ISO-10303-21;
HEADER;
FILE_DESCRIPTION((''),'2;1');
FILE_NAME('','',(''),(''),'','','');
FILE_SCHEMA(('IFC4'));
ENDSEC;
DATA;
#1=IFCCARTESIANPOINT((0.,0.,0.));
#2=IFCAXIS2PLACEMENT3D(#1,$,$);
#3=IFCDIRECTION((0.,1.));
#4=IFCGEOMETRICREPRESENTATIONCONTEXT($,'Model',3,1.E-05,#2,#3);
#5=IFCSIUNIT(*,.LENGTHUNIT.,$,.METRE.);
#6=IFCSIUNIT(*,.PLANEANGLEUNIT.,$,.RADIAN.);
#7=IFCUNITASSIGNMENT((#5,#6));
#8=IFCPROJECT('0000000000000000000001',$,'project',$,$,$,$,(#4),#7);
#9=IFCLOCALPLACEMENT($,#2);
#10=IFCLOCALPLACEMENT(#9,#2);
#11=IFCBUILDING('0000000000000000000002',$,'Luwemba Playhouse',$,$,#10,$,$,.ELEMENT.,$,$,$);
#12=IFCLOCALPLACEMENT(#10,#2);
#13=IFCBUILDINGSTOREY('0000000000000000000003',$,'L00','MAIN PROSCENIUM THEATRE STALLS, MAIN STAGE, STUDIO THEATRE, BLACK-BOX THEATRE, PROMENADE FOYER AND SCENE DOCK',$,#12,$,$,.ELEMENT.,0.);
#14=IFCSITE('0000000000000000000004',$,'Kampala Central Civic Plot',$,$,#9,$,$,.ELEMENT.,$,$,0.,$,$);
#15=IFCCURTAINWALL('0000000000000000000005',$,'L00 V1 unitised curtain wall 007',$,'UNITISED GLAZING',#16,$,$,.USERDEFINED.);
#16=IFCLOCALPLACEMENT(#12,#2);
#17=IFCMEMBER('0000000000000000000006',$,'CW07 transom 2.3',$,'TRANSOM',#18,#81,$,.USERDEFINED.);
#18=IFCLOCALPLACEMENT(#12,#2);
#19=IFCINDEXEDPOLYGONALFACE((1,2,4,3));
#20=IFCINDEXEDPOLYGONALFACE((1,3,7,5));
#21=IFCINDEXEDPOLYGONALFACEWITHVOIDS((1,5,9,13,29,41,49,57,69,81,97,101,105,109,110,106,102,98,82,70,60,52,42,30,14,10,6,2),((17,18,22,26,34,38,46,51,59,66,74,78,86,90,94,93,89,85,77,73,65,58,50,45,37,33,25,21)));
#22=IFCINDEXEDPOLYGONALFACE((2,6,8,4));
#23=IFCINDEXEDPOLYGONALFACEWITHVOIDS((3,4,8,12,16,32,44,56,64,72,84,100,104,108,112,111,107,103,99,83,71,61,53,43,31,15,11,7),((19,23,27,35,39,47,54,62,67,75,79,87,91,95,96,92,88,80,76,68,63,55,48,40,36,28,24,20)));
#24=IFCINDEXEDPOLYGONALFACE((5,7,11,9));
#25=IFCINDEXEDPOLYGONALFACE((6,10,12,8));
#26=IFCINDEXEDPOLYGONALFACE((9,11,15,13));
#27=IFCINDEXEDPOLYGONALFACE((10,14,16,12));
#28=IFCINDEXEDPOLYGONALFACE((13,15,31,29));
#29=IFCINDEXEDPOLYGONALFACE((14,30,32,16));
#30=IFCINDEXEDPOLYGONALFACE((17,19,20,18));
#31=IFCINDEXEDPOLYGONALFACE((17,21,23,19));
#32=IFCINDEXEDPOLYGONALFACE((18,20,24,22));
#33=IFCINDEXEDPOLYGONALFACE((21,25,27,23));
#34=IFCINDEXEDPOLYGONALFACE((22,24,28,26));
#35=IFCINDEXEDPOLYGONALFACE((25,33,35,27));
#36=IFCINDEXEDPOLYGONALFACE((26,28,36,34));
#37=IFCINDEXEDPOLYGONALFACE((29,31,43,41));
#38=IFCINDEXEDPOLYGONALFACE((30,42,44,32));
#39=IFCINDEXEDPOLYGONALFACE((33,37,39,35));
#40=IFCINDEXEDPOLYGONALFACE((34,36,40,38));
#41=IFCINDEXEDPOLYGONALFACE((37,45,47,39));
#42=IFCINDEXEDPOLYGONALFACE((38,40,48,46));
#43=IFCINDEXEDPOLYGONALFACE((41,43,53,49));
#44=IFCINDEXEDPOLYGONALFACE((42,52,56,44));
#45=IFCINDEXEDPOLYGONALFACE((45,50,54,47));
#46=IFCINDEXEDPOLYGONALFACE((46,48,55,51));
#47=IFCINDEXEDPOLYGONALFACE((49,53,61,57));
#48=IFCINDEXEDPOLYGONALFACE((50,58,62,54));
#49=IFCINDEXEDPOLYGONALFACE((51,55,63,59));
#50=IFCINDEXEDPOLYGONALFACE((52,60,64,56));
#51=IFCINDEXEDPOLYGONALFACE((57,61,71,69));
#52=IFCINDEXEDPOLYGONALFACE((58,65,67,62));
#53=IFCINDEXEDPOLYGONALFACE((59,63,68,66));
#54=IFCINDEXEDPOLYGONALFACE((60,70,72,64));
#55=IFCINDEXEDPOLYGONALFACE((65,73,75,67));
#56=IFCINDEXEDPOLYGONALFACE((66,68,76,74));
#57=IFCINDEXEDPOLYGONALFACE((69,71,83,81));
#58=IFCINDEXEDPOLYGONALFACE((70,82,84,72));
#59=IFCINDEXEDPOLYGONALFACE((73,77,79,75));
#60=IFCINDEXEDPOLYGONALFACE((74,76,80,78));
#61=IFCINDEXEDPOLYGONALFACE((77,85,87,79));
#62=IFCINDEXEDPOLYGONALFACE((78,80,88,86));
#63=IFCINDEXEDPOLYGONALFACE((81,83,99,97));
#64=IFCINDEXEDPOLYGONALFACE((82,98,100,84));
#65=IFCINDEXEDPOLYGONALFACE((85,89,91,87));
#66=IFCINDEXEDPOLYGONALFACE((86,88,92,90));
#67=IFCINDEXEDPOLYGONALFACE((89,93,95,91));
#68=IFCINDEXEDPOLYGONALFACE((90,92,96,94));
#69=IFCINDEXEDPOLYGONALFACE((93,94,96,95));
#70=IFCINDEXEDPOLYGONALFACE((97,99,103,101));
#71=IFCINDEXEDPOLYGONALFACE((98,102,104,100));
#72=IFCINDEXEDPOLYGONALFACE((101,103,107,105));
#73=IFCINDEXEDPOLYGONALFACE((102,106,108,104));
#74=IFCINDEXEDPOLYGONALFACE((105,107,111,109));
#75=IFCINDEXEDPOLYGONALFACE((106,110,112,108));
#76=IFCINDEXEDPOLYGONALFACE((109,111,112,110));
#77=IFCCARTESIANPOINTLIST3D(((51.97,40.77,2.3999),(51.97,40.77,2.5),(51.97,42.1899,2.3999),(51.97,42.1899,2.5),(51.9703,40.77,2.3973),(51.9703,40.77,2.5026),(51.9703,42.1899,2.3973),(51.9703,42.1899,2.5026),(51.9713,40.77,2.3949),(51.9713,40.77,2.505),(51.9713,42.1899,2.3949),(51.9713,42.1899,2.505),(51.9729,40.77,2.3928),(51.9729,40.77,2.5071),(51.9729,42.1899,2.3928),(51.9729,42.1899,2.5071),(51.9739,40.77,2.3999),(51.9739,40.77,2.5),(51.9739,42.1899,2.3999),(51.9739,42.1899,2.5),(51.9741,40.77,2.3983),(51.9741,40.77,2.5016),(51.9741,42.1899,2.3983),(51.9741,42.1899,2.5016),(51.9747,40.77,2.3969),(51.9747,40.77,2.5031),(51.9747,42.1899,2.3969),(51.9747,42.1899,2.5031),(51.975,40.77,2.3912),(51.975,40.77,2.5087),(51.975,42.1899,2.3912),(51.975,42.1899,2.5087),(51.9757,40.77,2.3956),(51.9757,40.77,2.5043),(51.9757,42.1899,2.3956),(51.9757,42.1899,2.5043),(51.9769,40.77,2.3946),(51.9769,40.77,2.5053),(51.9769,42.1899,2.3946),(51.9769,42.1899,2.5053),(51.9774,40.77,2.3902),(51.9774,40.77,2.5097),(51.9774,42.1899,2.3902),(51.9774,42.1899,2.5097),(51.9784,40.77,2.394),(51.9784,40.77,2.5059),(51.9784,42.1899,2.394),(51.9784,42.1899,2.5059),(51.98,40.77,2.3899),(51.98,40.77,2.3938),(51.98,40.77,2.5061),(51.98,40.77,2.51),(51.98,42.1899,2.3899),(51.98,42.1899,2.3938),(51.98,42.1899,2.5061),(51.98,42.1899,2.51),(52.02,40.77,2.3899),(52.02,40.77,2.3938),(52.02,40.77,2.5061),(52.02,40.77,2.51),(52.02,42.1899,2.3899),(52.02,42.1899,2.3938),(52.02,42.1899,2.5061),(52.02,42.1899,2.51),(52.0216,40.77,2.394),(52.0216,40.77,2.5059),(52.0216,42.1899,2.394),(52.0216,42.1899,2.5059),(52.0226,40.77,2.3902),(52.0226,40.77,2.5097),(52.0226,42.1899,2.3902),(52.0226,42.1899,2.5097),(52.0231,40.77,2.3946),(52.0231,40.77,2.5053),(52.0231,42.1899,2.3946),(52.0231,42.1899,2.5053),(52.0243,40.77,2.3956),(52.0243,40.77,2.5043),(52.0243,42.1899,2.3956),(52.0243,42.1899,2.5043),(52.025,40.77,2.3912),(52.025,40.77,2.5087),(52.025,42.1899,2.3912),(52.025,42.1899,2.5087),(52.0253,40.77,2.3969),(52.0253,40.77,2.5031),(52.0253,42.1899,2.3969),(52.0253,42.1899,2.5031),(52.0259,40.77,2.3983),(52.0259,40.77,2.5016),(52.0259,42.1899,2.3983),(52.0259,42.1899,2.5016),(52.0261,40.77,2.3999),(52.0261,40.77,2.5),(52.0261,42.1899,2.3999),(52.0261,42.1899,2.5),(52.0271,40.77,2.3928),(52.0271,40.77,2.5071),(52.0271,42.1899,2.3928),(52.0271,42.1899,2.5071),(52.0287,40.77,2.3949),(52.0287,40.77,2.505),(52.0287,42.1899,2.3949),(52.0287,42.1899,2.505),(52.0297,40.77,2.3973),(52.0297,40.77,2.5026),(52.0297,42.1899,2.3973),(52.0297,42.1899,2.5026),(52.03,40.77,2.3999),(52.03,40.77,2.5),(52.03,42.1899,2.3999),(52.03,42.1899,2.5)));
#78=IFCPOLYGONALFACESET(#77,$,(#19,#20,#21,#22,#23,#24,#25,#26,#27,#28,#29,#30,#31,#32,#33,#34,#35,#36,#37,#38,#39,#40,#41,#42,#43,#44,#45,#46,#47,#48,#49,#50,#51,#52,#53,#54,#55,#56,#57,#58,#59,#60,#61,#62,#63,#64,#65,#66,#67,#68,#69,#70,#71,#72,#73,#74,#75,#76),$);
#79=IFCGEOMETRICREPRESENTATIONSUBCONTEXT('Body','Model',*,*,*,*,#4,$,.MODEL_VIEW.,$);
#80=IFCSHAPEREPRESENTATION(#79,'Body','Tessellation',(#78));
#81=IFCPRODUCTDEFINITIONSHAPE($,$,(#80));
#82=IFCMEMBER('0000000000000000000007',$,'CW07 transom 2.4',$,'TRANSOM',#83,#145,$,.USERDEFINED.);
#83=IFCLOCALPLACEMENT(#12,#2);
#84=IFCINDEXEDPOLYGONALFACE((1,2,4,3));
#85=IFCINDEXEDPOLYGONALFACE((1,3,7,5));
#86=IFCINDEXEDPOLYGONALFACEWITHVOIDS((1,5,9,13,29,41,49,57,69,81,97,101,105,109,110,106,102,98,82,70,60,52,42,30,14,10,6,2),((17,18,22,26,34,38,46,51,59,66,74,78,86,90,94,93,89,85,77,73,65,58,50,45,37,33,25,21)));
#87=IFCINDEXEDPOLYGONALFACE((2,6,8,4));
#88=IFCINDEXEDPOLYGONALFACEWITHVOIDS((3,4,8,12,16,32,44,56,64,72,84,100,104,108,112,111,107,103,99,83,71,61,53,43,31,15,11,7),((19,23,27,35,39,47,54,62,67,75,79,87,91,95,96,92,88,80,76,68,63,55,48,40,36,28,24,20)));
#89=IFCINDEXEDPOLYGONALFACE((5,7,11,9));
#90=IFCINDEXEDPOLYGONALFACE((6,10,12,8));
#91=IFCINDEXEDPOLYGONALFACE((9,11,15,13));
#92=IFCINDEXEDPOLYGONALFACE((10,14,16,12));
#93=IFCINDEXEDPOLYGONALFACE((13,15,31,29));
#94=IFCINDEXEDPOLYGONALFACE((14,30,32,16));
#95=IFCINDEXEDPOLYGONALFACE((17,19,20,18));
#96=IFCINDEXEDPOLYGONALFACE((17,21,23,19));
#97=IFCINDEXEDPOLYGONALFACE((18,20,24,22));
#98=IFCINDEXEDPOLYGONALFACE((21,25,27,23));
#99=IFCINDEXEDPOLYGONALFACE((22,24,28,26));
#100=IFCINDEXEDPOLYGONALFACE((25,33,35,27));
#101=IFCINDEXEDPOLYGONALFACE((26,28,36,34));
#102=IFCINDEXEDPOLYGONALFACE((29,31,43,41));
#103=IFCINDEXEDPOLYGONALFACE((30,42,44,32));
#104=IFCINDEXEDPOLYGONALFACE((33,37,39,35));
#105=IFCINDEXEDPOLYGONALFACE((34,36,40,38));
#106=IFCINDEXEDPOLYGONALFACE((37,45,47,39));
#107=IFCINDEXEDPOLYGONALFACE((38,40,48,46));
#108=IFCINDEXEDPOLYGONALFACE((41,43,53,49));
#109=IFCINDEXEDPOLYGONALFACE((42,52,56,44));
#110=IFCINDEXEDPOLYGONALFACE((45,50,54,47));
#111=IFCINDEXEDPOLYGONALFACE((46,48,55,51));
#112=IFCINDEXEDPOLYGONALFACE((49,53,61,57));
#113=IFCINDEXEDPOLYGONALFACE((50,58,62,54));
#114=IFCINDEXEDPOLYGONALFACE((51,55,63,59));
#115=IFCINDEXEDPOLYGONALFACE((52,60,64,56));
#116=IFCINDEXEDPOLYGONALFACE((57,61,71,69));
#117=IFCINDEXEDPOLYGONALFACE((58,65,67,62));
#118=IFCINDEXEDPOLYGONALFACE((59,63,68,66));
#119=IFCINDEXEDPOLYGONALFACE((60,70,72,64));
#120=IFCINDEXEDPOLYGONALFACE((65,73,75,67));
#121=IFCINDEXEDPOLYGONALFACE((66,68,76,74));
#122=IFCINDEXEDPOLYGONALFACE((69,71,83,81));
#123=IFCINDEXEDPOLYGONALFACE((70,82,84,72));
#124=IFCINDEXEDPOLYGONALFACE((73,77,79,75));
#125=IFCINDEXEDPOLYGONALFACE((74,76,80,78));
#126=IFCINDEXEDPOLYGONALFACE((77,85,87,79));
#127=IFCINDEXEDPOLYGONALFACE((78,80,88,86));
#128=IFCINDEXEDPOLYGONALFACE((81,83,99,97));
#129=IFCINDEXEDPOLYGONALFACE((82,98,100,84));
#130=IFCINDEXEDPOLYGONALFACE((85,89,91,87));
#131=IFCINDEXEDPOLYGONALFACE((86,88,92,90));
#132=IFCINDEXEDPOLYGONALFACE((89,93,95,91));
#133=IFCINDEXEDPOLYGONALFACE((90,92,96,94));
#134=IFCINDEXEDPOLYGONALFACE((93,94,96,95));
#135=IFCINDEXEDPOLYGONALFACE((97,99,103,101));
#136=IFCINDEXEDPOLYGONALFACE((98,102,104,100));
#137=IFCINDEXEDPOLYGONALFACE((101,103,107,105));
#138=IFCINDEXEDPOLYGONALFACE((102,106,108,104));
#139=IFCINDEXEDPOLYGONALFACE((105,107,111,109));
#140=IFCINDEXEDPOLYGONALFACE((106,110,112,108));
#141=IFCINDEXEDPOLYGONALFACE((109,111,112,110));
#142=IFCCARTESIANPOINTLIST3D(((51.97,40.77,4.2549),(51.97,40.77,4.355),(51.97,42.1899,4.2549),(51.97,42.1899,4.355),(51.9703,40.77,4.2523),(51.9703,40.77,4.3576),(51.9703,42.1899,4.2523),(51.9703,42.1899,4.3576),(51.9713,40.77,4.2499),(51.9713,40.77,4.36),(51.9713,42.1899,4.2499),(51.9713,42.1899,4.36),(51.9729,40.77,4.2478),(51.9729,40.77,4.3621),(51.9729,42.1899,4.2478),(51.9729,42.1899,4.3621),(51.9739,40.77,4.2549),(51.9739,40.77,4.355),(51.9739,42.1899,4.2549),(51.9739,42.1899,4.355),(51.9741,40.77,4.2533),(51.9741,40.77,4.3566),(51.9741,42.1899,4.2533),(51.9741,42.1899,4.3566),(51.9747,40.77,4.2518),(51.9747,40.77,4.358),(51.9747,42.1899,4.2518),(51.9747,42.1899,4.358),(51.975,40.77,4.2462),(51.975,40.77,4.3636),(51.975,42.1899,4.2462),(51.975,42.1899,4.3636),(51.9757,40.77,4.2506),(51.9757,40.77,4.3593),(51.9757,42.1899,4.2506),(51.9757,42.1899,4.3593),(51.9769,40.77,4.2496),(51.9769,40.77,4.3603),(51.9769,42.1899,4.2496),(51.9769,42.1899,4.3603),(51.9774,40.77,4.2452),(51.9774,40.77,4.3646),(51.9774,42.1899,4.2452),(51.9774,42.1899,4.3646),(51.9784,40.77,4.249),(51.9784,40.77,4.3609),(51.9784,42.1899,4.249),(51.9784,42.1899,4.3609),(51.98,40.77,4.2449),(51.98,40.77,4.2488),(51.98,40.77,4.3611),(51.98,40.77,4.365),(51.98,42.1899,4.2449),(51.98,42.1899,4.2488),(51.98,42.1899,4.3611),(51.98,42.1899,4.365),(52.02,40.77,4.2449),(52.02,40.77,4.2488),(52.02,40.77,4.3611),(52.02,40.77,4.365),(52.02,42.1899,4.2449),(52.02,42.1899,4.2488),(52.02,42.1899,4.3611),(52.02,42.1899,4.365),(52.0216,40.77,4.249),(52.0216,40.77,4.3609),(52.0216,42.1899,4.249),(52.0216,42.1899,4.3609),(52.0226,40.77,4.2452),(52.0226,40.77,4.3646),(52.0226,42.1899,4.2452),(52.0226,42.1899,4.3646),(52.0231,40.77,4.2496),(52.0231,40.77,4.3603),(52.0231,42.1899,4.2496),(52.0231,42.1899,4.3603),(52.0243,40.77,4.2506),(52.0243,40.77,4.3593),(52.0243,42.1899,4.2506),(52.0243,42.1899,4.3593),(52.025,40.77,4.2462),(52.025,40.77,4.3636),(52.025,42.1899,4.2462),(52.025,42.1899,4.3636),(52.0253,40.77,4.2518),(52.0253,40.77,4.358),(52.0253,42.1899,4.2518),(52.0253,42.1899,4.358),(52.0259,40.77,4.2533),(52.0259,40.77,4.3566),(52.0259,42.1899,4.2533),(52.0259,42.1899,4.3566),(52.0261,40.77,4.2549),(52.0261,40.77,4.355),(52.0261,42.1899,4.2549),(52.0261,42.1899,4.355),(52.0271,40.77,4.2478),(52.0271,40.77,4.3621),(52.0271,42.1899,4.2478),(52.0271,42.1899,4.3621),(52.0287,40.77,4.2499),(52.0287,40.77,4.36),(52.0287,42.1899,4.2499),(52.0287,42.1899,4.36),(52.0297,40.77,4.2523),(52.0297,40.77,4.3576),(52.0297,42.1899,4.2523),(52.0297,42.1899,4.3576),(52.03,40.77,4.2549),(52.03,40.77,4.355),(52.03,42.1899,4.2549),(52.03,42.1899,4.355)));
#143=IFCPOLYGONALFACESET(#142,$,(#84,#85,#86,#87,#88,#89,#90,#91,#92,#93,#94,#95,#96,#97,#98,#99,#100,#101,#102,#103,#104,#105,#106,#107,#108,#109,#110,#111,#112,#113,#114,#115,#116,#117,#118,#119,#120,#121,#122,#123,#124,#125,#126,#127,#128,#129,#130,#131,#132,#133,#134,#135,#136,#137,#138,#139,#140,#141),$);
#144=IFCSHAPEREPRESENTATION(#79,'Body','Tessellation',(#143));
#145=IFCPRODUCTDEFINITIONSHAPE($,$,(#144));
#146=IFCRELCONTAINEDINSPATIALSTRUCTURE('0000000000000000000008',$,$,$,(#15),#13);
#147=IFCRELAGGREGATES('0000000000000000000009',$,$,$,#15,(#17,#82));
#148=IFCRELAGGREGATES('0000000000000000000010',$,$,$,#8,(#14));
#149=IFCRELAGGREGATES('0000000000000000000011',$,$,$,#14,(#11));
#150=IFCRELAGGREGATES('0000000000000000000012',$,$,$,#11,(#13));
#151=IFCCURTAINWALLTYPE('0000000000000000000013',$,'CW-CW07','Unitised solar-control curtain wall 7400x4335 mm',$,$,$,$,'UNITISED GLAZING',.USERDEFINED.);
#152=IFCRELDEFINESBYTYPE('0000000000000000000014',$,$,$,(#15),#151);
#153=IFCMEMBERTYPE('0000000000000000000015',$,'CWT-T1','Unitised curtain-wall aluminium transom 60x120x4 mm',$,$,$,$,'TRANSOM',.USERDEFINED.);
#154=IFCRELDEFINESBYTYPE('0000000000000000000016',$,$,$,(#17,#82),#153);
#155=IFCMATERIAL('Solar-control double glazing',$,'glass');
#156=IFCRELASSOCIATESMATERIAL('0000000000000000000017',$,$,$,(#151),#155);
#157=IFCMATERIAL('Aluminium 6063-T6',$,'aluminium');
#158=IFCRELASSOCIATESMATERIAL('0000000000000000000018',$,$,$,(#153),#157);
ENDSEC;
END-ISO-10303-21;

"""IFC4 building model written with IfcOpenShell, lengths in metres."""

from ifc_helpers import new_model, si_unit, direction, frame, origin, origin_2d, place, context, subcontext, project, spatial, hollow_rectangle, extrude, material, material_profile, profile_set, type_object, element, aggregate, save


model = new_model("IFC4")

# Units and contexts
model_context = context("Model", 3, precision=1e-05, world=origin(), true_north=direction((0.0, 1.0)))
body_context = subcontext(model_context, "Body", "Model", "MODEL_VIEW")
ifc_project = project(units=[si_unit("LENGTHUNIT", "METRE"), si_unit("PLANEANGLEUNIT", "RADIAN")], contexts=[model_context])

# Site, building, storey
site_placement = place(None, origin())
site = spatial("IfcSite", under=ifc_project, at=site_placement, Name="Kampala Central Civic Plot", CompositionType="ELEMENT", RefElevation=0.0)
building_placement = place(site_placement, origin())
building = spatial("IfcBuilding", under=site, at=building_placement, Name="Luwemba Playhouse", CompositionType="ELEMENT")
storey_placement = place(building_placement, origin())
storey = spatial("IfcBuildingStorey", under=building, at=storey_placement, Name="L00", Description="MAIN PROSCENIUM THEATRE STALLS, MAIN STAGE, STUDIO THEATRE, BLACK-BOX THEATRE, PROMENADE FOYER AND SCENE DOCK", CompositionType="ELEMENT", Elevation=0.0)

# Curtain wall
ifc_material_1 = material(Name="Solar-control double glazing", Category="glass")
curtain_wall_type_1 = type_object("IfcCurtainWallType", Name="CW-CW07", Description="Unitised solar-control curtain wall 7400x4335 mm", ElementType="UNITISED GLAZING", PredefinedType="USERDEFINED", material=ifc_material_1)
curtain_wall_1_placement = place(storey_placement, origin())
curtain_wall_1 = element("IfcCurtainWall", 1, at=curtain_wall_1_placement, inside=storey, type_object=curtain_wall_type_1, Name="L00 V1 unitised curtain wall 007", ObjectType="UNITISED GLAZING", PredefinedType="USERDEFINED")
ifc_material_2 = material(Name="Aluminium 6063-T6", Category="aluminium")

# Members
ifc_material_profile_1 = material_profile(ifc_material_2, hollow_rectangle(XDim=0.0601, YDim=0.1201, WallThickness=0.0039, InnerFilletRadius=0.0061, OuterFilletRadius=0.01, at=origin_2d()))
ifc_profile_set_1 = profile_set([ifc_material_profile_1], Name="Aluminium 6063-T6")
member_type_1 = type_object("IfcMemberType", Name="CWT-T1", Description="Unitised curtain-wall aluminium transom 60x120x4 mm", ElementType="TRANSOM", PredefinedType="USERDEFINED", material=ifc_profile_set_1)
member_1_placement = place(storey_placement, frame((52.0, 42.1899, 2.45), z_axis=(0.0, -1.0, 0.0), x_axis=(1.0, 0.0, 0.0)))
member_1 = element("IfcMember", 2, at=member_1_placement, type_object=member_type_1, Name="CW07 transom 2.3", ObjectType="TRANSOM", PredefinedType="USERDEFINED", context=body_context, shape_type="SweptSolid", body=[
    extrude(hollow_rectangle(XDim=0.0601, YDim=0.1201, WallThickness=0.0039, InnerFilletRadius=0.0061, OuterFilletRadius=0.01, at=origin_2d()), origin(), (0.0, 0.0, 1.0), 1.4199),
])
member_2_placement = place(storey_placement, frame((52.0, 42.1899, 4.3049), z_axis=(0.0, -1.0, 0.0), x_axis=(1.0, 0.0, 0.0)))
member_2 = element("IfcMember", 3, at=member_2_placement, type_object=member_type_1, Name="CW07 transom 2.4", ObjectType="TRANSOM", PredefinedType="USERDEFINED", context=body_context, shape_type="SweptSolid", body=[
    extrude(hollow_rectangle(XDim=0.0601, YDim=0.1201, WallThickness=0.0039, InnerFilletRadius=0.0061, OuterFilletRadius=0.01, at=origin_2d()), origin(), (0.0, 0.0, 1.0), 1.4199),
])

aggregate(curtain_wall_1, [member_1, member_2])

save(model, "model.ifc")
